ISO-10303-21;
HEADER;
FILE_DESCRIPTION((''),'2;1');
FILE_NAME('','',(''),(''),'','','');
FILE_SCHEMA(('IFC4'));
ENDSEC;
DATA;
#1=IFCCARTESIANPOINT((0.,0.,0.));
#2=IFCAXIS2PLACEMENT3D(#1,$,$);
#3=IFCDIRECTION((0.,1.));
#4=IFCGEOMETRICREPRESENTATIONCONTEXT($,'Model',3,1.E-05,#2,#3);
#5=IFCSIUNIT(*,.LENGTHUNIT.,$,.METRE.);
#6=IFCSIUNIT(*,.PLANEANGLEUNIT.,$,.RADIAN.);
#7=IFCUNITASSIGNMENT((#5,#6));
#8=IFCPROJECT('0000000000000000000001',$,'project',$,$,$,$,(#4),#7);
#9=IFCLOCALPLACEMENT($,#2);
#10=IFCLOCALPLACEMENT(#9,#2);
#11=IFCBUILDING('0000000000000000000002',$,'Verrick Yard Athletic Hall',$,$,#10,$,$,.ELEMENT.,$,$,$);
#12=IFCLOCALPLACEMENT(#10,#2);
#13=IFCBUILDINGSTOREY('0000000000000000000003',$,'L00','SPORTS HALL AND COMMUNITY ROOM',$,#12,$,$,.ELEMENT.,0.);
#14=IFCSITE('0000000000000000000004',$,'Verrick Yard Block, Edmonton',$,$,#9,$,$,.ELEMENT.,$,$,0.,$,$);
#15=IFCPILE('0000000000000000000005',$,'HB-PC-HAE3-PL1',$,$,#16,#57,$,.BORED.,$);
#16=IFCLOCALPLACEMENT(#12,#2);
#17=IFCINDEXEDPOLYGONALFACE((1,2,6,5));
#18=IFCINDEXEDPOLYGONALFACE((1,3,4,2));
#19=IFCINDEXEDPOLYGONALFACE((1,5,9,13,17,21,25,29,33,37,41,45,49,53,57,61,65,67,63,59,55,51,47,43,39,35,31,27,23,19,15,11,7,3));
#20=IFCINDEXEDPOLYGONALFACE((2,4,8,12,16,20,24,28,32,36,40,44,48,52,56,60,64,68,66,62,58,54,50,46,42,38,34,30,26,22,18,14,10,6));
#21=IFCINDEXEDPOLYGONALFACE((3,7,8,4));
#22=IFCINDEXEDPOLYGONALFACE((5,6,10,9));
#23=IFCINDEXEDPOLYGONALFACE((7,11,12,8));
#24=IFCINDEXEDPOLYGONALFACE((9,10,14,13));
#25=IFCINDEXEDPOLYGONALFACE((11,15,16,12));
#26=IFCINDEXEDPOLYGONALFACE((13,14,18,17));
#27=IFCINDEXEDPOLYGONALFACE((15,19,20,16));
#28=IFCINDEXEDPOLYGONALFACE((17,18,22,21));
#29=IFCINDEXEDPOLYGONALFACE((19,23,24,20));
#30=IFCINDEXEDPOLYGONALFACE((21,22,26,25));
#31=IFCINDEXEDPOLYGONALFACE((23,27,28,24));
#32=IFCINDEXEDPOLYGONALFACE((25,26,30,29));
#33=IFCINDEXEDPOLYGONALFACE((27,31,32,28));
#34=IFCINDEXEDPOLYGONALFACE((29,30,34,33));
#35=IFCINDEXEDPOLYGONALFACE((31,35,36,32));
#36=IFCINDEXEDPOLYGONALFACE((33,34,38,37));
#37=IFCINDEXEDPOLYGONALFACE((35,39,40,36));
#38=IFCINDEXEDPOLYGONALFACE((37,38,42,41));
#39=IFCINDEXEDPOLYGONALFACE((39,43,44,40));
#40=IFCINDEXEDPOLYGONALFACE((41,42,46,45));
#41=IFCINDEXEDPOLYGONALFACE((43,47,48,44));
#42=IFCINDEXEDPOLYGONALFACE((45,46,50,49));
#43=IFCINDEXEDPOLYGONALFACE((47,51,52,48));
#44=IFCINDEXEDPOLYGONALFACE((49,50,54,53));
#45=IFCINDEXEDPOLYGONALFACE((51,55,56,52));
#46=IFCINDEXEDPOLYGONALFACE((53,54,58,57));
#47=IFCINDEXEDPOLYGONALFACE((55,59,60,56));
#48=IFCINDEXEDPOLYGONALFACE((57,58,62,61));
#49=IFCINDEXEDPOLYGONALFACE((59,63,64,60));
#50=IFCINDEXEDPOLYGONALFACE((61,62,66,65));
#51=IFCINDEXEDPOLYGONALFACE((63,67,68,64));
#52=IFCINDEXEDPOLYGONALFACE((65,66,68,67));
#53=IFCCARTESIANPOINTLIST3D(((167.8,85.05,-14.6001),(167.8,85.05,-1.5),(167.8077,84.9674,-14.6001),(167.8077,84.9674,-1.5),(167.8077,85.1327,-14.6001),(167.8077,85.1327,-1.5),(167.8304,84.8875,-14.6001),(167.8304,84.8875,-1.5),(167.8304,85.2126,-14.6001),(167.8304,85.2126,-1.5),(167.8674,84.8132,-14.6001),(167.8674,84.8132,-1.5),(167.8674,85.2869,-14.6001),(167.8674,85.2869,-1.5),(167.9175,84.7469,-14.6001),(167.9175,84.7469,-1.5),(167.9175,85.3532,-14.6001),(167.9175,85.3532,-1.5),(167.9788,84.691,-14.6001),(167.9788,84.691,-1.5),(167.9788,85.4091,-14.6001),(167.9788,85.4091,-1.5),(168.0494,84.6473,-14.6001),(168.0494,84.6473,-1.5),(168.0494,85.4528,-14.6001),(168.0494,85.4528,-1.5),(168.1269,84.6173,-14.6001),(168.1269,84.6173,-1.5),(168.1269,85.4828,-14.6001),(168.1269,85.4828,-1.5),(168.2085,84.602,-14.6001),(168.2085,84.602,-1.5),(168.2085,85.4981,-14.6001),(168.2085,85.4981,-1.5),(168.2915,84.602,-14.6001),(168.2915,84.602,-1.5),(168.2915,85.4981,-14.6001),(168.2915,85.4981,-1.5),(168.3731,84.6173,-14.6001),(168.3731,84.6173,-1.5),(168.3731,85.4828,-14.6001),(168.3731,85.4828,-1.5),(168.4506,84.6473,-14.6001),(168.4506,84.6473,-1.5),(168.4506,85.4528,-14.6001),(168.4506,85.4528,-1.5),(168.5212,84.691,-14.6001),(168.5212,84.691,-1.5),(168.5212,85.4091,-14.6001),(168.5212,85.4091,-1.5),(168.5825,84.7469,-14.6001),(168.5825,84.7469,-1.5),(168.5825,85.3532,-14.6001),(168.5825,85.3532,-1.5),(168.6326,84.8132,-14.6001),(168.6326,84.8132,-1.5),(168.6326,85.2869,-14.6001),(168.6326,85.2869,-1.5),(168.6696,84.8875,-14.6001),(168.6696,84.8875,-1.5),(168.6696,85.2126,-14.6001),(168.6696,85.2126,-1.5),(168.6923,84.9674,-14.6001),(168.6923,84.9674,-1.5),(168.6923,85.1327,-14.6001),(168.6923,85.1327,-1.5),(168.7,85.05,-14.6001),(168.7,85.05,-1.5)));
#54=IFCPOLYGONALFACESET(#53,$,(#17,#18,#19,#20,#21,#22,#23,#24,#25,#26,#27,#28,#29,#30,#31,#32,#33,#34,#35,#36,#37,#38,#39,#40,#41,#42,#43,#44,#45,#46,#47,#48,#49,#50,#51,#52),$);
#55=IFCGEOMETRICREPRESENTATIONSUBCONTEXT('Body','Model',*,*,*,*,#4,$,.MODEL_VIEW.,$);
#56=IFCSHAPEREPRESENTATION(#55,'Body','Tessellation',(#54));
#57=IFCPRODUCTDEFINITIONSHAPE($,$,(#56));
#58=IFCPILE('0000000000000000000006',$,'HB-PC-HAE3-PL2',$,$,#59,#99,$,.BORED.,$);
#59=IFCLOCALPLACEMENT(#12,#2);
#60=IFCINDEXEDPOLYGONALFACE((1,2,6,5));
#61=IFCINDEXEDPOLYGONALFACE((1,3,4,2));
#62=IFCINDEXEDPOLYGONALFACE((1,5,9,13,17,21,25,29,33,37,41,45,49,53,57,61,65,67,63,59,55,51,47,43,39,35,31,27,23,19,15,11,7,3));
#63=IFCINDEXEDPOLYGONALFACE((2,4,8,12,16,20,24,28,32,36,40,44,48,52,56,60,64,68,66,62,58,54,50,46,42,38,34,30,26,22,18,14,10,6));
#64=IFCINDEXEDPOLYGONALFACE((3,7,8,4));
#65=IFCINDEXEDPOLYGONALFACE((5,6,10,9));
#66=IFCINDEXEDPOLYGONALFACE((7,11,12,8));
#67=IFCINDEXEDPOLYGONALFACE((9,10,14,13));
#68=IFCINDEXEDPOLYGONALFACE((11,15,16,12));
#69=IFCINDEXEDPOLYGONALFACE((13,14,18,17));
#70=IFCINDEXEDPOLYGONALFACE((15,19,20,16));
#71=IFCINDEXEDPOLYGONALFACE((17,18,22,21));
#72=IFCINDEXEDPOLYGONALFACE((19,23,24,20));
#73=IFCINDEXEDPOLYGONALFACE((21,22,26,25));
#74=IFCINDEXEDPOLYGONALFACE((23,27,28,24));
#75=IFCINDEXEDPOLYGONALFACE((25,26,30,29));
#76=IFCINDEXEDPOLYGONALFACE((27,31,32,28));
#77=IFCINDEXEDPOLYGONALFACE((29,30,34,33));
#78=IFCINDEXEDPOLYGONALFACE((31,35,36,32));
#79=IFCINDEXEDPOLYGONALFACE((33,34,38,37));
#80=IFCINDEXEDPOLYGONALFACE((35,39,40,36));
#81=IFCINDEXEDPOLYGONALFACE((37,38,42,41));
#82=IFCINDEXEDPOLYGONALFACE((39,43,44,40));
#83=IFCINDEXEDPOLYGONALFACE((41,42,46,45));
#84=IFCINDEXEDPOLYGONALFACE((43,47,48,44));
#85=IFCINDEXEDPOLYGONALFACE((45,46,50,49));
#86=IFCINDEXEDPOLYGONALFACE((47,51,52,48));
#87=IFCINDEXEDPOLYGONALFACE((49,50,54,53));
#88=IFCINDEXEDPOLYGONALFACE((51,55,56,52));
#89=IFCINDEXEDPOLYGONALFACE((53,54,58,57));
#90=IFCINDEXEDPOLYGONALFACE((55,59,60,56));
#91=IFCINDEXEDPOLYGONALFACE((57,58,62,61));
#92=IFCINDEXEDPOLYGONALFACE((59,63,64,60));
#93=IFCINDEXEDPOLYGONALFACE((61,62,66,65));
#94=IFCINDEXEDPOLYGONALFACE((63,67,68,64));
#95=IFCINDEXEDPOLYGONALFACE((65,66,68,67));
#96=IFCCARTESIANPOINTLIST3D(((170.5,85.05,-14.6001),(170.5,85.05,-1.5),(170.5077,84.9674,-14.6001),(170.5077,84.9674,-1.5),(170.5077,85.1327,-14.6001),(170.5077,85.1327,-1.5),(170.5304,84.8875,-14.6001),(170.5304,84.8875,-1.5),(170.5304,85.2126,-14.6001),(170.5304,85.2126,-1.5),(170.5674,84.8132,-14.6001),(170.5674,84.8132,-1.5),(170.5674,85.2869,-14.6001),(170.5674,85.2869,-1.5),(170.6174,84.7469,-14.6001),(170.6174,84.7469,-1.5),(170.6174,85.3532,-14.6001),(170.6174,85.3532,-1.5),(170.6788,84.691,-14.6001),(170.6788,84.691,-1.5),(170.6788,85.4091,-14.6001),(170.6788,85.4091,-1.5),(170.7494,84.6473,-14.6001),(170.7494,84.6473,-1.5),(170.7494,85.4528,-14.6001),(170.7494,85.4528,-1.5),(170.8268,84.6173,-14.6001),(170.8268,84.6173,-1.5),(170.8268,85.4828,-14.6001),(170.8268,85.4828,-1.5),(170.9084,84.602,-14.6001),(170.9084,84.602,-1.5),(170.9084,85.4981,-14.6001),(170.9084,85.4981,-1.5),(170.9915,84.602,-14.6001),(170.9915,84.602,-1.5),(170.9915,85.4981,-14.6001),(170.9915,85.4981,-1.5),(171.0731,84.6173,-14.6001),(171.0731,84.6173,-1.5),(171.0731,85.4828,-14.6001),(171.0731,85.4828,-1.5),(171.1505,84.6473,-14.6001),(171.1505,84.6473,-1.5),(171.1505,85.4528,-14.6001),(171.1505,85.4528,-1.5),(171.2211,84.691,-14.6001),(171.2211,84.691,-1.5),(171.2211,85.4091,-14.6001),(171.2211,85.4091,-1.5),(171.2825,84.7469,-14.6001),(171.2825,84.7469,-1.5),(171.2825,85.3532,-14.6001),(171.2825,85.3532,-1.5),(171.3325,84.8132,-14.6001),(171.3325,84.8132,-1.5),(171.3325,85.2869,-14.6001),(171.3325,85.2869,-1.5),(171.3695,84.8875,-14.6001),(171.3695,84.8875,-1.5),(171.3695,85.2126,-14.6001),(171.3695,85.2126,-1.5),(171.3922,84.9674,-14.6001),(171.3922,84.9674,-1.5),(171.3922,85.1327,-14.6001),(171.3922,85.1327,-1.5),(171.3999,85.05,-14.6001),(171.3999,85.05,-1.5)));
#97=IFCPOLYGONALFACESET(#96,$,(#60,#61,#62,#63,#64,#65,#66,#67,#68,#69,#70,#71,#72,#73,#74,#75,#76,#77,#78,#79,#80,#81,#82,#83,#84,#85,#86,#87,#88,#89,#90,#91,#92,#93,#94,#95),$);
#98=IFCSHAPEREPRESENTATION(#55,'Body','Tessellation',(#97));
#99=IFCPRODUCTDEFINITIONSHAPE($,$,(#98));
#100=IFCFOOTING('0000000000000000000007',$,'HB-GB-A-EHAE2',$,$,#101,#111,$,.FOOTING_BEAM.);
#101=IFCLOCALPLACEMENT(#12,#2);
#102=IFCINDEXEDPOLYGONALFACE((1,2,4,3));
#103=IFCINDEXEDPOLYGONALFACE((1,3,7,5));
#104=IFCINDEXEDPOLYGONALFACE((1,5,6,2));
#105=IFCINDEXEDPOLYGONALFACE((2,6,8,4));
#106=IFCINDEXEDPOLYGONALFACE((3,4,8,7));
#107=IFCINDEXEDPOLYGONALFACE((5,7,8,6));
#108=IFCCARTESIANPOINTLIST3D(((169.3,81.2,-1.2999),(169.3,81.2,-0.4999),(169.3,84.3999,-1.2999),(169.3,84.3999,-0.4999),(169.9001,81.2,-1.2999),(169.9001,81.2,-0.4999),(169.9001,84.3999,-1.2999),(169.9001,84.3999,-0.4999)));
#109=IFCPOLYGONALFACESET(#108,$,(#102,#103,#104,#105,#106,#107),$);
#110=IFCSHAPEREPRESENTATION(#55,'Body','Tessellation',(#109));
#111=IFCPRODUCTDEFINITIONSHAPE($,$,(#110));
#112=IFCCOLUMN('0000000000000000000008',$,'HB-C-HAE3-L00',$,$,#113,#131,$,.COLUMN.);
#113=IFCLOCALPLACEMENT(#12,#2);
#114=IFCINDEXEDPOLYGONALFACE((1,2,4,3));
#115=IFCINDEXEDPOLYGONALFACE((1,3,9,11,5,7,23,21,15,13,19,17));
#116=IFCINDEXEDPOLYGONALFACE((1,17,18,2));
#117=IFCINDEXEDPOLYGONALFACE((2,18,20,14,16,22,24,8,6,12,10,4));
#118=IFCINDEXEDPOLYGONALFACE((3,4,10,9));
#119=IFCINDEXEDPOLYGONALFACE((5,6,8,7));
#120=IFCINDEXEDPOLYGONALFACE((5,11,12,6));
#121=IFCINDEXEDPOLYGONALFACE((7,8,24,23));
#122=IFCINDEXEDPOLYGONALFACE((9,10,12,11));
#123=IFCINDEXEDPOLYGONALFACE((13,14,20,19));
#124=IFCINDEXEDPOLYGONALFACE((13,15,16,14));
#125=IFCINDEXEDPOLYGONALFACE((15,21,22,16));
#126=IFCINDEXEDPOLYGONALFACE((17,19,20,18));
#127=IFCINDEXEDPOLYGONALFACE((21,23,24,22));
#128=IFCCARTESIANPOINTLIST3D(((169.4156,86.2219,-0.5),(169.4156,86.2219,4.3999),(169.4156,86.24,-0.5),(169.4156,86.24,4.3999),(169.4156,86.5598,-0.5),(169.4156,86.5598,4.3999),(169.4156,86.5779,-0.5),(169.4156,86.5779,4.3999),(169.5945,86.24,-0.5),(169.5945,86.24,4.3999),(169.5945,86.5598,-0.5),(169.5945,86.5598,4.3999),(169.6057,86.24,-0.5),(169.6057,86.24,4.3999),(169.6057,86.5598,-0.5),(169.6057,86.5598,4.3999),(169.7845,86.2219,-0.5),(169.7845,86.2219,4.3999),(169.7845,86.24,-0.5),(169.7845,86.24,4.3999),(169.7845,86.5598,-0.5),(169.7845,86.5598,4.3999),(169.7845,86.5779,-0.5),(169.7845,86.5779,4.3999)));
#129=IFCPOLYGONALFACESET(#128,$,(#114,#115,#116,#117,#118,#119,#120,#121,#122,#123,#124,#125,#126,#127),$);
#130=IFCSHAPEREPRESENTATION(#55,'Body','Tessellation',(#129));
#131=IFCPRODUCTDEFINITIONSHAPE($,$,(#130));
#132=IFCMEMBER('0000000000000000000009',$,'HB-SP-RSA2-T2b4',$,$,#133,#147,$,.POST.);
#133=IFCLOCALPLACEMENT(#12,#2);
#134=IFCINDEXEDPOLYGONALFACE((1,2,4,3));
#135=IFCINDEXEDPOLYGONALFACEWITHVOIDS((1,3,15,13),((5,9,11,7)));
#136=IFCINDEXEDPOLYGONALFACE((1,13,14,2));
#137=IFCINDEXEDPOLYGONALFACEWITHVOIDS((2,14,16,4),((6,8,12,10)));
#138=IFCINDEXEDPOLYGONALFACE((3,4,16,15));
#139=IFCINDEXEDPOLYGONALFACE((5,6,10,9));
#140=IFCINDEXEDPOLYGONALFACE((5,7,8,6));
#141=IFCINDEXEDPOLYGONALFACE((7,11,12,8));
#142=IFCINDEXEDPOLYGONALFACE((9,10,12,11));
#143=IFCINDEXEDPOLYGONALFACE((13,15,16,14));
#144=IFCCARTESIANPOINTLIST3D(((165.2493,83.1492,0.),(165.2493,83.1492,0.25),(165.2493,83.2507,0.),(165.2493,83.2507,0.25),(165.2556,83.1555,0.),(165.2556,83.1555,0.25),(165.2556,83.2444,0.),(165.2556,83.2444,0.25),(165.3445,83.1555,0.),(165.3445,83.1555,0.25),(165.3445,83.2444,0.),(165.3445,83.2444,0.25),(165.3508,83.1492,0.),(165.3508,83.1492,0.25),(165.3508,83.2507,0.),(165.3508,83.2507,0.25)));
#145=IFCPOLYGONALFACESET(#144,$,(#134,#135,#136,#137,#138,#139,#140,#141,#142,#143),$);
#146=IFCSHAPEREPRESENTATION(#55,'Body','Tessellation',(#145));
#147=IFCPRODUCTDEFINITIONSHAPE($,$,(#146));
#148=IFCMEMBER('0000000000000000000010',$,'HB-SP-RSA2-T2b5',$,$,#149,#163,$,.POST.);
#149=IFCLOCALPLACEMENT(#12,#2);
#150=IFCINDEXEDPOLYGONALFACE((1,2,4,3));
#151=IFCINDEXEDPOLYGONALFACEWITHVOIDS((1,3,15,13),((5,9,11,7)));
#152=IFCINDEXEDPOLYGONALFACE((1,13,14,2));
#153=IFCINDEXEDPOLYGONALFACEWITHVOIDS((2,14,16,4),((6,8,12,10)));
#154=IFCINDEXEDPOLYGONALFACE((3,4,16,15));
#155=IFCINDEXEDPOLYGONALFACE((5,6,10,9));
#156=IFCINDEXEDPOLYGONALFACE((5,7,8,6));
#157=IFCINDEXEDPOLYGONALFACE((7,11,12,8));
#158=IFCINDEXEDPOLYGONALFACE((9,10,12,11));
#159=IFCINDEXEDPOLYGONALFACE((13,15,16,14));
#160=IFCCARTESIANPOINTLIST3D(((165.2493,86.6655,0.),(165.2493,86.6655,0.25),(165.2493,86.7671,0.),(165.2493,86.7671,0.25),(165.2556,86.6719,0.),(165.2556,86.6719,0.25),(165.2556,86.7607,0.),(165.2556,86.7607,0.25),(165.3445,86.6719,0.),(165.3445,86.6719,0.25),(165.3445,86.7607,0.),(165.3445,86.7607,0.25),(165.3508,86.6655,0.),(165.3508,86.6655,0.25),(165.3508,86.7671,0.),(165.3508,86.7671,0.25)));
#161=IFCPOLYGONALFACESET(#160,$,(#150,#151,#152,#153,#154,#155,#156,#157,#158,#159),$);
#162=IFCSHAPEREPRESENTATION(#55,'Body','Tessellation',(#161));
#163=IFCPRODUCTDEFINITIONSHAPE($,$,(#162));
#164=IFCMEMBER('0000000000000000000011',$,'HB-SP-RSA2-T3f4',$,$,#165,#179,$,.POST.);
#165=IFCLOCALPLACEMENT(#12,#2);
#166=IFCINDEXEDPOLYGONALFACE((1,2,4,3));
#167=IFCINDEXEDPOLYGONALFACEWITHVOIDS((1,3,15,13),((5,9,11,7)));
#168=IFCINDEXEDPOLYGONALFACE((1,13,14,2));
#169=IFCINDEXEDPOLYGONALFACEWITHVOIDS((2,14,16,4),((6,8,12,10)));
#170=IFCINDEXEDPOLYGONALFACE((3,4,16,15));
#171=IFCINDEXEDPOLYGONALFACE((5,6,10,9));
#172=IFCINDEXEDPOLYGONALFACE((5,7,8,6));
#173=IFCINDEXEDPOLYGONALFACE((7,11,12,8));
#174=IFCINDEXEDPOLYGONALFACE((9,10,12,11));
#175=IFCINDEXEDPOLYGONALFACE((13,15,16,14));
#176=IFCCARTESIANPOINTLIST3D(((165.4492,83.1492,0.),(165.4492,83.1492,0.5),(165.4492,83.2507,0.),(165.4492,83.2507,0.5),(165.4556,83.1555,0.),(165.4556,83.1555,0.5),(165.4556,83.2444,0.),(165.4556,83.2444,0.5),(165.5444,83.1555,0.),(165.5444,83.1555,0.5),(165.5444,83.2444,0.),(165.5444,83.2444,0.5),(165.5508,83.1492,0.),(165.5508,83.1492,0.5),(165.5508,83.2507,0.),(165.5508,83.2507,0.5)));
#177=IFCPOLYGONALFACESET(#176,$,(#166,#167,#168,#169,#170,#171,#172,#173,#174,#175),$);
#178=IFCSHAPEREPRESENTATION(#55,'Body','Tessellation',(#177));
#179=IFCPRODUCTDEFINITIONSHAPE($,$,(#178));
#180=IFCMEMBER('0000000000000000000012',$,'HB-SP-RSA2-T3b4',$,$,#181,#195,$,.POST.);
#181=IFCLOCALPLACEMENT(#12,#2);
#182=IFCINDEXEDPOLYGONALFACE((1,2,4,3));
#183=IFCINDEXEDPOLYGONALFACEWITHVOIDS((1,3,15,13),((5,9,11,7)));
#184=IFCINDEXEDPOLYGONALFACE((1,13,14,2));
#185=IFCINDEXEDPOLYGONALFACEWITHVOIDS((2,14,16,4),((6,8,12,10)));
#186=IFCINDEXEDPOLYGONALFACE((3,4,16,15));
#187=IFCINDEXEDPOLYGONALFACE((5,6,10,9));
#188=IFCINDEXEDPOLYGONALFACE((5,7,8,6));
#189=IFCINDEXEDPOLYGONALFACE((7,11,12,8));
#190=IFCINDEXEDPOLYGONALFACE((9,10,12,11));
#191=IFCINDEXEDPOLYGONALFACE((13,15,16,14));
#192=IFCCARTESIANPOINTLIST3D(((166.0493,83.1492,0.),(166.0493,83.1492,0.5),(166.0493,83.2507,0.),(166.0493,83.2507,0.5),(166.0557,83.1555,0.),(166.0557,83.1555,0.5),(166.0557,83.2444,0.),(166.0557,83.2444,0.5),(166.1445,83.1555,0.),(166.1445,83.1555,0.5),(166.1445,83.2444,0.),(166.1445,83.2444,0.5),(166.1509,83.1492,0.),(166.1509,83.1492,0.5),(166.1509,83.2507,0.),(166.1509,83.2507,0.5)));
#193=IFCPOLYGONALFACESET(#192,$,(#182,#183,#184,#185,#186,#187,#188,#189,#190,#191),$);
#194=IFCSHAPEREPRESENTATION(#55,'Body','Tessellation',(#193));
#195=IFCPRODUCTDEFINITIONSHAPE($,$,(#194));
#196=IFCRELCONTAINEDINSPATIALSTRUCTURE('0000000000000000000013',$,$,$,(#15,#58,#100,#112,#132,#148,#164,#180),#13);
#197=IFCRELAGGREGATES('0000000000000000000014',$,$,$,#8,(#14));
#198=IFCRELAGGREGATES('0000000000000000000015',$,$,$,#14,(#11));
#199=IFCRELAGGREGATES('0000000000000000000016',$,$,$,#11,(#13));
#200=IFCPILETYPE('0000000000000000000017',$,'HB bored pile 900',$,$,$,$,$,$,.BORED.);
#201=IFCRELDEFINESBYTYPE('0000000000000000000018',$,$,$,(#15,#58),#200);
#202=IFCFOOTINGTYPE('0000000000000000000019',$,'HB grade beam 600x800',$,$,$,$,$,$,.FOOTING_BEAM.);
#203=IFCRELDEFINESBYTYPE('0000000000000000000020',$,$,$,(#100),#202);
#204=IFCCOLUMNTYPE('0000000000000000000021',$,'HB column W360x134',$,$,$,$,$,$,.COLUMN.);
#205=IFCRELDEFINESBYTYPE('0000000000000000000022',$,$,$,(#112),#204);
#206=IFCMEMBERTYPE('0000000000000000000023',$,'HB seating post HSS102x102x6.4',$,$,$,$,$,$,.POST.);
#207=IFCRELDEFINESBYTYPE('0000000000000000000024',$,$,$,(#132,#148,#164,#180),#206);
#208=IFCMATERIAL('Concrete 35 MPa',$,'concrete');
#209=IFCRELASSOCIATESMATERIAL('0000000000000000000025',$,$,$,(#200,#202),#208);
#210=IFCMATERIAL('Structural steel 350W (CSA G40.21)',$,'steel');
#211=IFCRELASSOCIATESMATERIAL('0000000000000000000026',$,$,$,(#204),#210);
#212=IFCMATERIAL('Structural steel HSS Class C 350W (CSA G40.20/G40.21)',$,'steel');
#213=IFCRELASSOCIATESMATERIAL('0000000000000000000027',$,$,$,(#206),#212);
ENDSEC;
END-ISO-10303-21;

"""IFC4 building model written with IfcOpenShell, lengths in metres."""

from ifc_helpers import new_model, si_unit, direction, frame, origin, origin_2d, place, context, subcontext, project, spatial, rectangle, hollow_rectangle, circle, i_section, extrude, material, material_profile, profile_set, type_object, element, save


model = new_model("IFC4")

# Units and contexts
model_context = context("Model", 3, precision=1e-05, world=origin(), true_north=direction((0.0, 1.0)))
body_context = subcontext(model_context, "Body", "Model", "MODEL_VIEW")
ifc_project = project(units=[si_unit("LENGTHUNIT", "METRE"), si_unit("PLANEANGLEUNIT", "RADIAN")], contexts=[model_context])

# Site, building, storey
site_placement = place(None, origin())
site = spatial("IfcSite", under=ifc_project, at=site_placement, Name="Verrick Yard Block, Edmonton", CompositionType="ELEMENT", RefElevation=0.0)
building_placement = place(site_placement, origin())
building = spatial("IfcBuilding", under=site, at=building_placement, Name="Verrick Yard Athletic Hall", CompositionType="ELEMENT")
storey_placement = place(building_placement, origin())
storey = spatial("IfcBuildingStorey", under=building, at=storey_placement, Name="L00", Description="SPORTS HALL AND COMMUNITY ROOM", CompositionType="ELEMENT", Elevation=0.0)

# Piles
ifc_material_1 = material(Name="Concrete 35 MPa", Category="concrete")
ifc_material_profile_1 = material_profile(ifc_material_1, circle(Radius=0.45, at=origin_2d()), Name="Bored pile 900")
ifc_profile_set_1 = profile_set([ifc_material_profile_1], Name="Concrete 35 MPa")
pile_type = type_object("IfcPileType", Name="HB bored pile 900", PredefinedType="BORED", material=ifc_profile_set_1)
for number, where, z_axis, x_axis, name in (
    (1, (168.25, 85.05, -1.5), (0.0, 0.0, -1.0), (1.0, 0.0, 0.0), "HB-PC-HAE3-PL1"),
    (2, (170.95, 85.05, -1.5), (0.0, 0.0, -1.0), (1.0, 0.0, 0.0), "HB-PC-HAE3-PL2"),
):
    element("IfcPile", number, at=place(storey_placement, frame(where, z_axis=z_axis, x_axis=x_axis)), inside=storey, type_object=pile_type, Name=name, PredefinedType="BORED", context=body_context, shape_type="SweptSolid", body=[
        extrude(circle(Radius=0.45, at=origin_2d()), origin(), (0.0, 0.0, 1.0), 13.1001),
    ])

# Footing
ifc_material_profile_2 = material_profile(ifc_material_1, rectangle(XDim=0.6001, YDim=0.8, at=origin_2d()), Name="Grade beam 600x800")
ifc_profile_set_2 = profile_set([ifc_material_profile_2], Name="Concrete 35 MPa")
footing_type = type_object("IfcFootingType", Name="HB grade beam 600x800", PredefinedType="FOOTING_BEAM", material=ifc_profile_set_2)
footing_placement = place(storey_placement, frame((169.6001, 81.2, -0.8999), z_axis=(0.0, 1.0, 0.0), x_axis=(-1.0, 0.0, 0.0)))
element("IfcFooting", 3, at=footing_placement, inside=storey, type_object=footing_type, Name="HB-GB-A-EHAE2", PredefinedType="FOOTING_BEAM", context=body_context, shape_type="SweptSolid", body=[
    extrude(rectangle(XDim=0.6001, YDim=0.8, at=origin_2d()), origin(), (0.0, 0.0, 1.0), 3.2),
])

# Column
ifc_material_2 = material(Name="Structural steel 350W (CSA G40.21)", Category="steel")
ifc_material_profile_3 = material_profile(ifc_material_2, i_section(OverallWidth=0.3689, OverallDepth=0.356, WebThickness=0.0112, FlangeThickness=0.0181, at=origin_2d()), Name="W360x134")
ifc_profile_set_3 = profile_set([ifc_material_profile_3], Name="Structural steel 350W (CSA G40.21)")
column_type = type_object("IfcColumnType", Name="HB column W360x134", PredefinedType="COLUMN", material=ifc_profile_set_3)
column_placement = place(storey_placement, frame((169.6001, 86.3999, -0.5), z_axis=(0.0, 0.0, 1.0), x_axis=(1.0, 0.0, 0.0)))
element("IfcColumn", 4, at=column_placement, inside=storey, type_object=column_type, Name="HB-C-HAE3-L00", PredefinedType="COLUMN", context=body_context, shape_type="SweptSolid", body=[
    extrude(i_section(OverallWidth=0.3689, OverallDepth=0.356, WebThickness=0.0112, FlangeThickness=0.0181, at=origin_2d()), origin(), (0.0, 0.0, 1.0), 4.8999),
])

# Members
ifc_material_3 = material(Name="Structural steel HSS Class C 350W (CSA G40.20/G40.21)", Category="steel")
ifc_material_profile_4 = material_profile(ifc_material_3, hollow_rectangle(XDim=0.1016, YDim=0.1016, WallThickness=0.0063, at=origin_2d()), Name="HSS102x102x6.4")
ifc_profile_set_4 = profile_set([ifc_material_profile_4], Name="Structural steel HSS Class C 350W (CSA G40.20/G40.21)")
member_type_1 = type_object("IfcMemberType", Name="HB seating post HSS102x102x6.4", PredefinedType="POST", material=ifc_profile_set_4)
for number, where, z_axis, x_axis, name in (
    (5, (165.3, 83.2, 0.0), (0.0, 0.0, 1.0), (0.0, 1.0, 0.0), "HB-SP-RSA2-T2b4"),
    (6, (165.3, 86.7163, 0.0), (0.0, 0.0, 1.0), (0.0, 1.0, 0.0), "HB-SP-RSA2-T2b5"),
):
    element("IfcMember", number, at=place(storey_placement, frame(where, z_axis=z_axis, x_axis=x_axis)), inside=storey, type_object=member_type_1, Name=name, PredefinedType="POST", context=body_context, shape_type="SweptSolid", body=[
        extrude(hollow_rectangle(XDim=0.1016, YDim=0.1016, WallThickness=0.0063, at=origin_2d()), origin(), (0.0, 0.0, 1.0), 0.25),
    ])
for number, where, z_axis, x_axis, name in (
    (7, (165.5, 83.2, 0.0), (0.0, 0.0, 1.0), (0.0, 1.0, 0.0), "HB-SP-RSA2-T3f4"),
    (8, (166.1001, 83.2, 0.0), (0.0, 0.0, 1.0), (0.0, 1.0, 0.0), "HB-SP-RSA2-T3b4"),
):
    element("IfcMember", number, at=place(storey_placement, frame(where, z_axis=z_axis, x_axis=x_axis)), inside=storey, type_object=member_type_1, Name=name, PredefinedType="POST", context=body_context, shape_type="SweptSolid", body=[
        extrude(hollow_rectangle(XDim=0.1016, YDim=0.1016, WallThickness=0.0063, at=origin_2d()), origin(), (0.0, 0.0, 1.0), 0.5),
    ])

save(model, "model.ifc")
